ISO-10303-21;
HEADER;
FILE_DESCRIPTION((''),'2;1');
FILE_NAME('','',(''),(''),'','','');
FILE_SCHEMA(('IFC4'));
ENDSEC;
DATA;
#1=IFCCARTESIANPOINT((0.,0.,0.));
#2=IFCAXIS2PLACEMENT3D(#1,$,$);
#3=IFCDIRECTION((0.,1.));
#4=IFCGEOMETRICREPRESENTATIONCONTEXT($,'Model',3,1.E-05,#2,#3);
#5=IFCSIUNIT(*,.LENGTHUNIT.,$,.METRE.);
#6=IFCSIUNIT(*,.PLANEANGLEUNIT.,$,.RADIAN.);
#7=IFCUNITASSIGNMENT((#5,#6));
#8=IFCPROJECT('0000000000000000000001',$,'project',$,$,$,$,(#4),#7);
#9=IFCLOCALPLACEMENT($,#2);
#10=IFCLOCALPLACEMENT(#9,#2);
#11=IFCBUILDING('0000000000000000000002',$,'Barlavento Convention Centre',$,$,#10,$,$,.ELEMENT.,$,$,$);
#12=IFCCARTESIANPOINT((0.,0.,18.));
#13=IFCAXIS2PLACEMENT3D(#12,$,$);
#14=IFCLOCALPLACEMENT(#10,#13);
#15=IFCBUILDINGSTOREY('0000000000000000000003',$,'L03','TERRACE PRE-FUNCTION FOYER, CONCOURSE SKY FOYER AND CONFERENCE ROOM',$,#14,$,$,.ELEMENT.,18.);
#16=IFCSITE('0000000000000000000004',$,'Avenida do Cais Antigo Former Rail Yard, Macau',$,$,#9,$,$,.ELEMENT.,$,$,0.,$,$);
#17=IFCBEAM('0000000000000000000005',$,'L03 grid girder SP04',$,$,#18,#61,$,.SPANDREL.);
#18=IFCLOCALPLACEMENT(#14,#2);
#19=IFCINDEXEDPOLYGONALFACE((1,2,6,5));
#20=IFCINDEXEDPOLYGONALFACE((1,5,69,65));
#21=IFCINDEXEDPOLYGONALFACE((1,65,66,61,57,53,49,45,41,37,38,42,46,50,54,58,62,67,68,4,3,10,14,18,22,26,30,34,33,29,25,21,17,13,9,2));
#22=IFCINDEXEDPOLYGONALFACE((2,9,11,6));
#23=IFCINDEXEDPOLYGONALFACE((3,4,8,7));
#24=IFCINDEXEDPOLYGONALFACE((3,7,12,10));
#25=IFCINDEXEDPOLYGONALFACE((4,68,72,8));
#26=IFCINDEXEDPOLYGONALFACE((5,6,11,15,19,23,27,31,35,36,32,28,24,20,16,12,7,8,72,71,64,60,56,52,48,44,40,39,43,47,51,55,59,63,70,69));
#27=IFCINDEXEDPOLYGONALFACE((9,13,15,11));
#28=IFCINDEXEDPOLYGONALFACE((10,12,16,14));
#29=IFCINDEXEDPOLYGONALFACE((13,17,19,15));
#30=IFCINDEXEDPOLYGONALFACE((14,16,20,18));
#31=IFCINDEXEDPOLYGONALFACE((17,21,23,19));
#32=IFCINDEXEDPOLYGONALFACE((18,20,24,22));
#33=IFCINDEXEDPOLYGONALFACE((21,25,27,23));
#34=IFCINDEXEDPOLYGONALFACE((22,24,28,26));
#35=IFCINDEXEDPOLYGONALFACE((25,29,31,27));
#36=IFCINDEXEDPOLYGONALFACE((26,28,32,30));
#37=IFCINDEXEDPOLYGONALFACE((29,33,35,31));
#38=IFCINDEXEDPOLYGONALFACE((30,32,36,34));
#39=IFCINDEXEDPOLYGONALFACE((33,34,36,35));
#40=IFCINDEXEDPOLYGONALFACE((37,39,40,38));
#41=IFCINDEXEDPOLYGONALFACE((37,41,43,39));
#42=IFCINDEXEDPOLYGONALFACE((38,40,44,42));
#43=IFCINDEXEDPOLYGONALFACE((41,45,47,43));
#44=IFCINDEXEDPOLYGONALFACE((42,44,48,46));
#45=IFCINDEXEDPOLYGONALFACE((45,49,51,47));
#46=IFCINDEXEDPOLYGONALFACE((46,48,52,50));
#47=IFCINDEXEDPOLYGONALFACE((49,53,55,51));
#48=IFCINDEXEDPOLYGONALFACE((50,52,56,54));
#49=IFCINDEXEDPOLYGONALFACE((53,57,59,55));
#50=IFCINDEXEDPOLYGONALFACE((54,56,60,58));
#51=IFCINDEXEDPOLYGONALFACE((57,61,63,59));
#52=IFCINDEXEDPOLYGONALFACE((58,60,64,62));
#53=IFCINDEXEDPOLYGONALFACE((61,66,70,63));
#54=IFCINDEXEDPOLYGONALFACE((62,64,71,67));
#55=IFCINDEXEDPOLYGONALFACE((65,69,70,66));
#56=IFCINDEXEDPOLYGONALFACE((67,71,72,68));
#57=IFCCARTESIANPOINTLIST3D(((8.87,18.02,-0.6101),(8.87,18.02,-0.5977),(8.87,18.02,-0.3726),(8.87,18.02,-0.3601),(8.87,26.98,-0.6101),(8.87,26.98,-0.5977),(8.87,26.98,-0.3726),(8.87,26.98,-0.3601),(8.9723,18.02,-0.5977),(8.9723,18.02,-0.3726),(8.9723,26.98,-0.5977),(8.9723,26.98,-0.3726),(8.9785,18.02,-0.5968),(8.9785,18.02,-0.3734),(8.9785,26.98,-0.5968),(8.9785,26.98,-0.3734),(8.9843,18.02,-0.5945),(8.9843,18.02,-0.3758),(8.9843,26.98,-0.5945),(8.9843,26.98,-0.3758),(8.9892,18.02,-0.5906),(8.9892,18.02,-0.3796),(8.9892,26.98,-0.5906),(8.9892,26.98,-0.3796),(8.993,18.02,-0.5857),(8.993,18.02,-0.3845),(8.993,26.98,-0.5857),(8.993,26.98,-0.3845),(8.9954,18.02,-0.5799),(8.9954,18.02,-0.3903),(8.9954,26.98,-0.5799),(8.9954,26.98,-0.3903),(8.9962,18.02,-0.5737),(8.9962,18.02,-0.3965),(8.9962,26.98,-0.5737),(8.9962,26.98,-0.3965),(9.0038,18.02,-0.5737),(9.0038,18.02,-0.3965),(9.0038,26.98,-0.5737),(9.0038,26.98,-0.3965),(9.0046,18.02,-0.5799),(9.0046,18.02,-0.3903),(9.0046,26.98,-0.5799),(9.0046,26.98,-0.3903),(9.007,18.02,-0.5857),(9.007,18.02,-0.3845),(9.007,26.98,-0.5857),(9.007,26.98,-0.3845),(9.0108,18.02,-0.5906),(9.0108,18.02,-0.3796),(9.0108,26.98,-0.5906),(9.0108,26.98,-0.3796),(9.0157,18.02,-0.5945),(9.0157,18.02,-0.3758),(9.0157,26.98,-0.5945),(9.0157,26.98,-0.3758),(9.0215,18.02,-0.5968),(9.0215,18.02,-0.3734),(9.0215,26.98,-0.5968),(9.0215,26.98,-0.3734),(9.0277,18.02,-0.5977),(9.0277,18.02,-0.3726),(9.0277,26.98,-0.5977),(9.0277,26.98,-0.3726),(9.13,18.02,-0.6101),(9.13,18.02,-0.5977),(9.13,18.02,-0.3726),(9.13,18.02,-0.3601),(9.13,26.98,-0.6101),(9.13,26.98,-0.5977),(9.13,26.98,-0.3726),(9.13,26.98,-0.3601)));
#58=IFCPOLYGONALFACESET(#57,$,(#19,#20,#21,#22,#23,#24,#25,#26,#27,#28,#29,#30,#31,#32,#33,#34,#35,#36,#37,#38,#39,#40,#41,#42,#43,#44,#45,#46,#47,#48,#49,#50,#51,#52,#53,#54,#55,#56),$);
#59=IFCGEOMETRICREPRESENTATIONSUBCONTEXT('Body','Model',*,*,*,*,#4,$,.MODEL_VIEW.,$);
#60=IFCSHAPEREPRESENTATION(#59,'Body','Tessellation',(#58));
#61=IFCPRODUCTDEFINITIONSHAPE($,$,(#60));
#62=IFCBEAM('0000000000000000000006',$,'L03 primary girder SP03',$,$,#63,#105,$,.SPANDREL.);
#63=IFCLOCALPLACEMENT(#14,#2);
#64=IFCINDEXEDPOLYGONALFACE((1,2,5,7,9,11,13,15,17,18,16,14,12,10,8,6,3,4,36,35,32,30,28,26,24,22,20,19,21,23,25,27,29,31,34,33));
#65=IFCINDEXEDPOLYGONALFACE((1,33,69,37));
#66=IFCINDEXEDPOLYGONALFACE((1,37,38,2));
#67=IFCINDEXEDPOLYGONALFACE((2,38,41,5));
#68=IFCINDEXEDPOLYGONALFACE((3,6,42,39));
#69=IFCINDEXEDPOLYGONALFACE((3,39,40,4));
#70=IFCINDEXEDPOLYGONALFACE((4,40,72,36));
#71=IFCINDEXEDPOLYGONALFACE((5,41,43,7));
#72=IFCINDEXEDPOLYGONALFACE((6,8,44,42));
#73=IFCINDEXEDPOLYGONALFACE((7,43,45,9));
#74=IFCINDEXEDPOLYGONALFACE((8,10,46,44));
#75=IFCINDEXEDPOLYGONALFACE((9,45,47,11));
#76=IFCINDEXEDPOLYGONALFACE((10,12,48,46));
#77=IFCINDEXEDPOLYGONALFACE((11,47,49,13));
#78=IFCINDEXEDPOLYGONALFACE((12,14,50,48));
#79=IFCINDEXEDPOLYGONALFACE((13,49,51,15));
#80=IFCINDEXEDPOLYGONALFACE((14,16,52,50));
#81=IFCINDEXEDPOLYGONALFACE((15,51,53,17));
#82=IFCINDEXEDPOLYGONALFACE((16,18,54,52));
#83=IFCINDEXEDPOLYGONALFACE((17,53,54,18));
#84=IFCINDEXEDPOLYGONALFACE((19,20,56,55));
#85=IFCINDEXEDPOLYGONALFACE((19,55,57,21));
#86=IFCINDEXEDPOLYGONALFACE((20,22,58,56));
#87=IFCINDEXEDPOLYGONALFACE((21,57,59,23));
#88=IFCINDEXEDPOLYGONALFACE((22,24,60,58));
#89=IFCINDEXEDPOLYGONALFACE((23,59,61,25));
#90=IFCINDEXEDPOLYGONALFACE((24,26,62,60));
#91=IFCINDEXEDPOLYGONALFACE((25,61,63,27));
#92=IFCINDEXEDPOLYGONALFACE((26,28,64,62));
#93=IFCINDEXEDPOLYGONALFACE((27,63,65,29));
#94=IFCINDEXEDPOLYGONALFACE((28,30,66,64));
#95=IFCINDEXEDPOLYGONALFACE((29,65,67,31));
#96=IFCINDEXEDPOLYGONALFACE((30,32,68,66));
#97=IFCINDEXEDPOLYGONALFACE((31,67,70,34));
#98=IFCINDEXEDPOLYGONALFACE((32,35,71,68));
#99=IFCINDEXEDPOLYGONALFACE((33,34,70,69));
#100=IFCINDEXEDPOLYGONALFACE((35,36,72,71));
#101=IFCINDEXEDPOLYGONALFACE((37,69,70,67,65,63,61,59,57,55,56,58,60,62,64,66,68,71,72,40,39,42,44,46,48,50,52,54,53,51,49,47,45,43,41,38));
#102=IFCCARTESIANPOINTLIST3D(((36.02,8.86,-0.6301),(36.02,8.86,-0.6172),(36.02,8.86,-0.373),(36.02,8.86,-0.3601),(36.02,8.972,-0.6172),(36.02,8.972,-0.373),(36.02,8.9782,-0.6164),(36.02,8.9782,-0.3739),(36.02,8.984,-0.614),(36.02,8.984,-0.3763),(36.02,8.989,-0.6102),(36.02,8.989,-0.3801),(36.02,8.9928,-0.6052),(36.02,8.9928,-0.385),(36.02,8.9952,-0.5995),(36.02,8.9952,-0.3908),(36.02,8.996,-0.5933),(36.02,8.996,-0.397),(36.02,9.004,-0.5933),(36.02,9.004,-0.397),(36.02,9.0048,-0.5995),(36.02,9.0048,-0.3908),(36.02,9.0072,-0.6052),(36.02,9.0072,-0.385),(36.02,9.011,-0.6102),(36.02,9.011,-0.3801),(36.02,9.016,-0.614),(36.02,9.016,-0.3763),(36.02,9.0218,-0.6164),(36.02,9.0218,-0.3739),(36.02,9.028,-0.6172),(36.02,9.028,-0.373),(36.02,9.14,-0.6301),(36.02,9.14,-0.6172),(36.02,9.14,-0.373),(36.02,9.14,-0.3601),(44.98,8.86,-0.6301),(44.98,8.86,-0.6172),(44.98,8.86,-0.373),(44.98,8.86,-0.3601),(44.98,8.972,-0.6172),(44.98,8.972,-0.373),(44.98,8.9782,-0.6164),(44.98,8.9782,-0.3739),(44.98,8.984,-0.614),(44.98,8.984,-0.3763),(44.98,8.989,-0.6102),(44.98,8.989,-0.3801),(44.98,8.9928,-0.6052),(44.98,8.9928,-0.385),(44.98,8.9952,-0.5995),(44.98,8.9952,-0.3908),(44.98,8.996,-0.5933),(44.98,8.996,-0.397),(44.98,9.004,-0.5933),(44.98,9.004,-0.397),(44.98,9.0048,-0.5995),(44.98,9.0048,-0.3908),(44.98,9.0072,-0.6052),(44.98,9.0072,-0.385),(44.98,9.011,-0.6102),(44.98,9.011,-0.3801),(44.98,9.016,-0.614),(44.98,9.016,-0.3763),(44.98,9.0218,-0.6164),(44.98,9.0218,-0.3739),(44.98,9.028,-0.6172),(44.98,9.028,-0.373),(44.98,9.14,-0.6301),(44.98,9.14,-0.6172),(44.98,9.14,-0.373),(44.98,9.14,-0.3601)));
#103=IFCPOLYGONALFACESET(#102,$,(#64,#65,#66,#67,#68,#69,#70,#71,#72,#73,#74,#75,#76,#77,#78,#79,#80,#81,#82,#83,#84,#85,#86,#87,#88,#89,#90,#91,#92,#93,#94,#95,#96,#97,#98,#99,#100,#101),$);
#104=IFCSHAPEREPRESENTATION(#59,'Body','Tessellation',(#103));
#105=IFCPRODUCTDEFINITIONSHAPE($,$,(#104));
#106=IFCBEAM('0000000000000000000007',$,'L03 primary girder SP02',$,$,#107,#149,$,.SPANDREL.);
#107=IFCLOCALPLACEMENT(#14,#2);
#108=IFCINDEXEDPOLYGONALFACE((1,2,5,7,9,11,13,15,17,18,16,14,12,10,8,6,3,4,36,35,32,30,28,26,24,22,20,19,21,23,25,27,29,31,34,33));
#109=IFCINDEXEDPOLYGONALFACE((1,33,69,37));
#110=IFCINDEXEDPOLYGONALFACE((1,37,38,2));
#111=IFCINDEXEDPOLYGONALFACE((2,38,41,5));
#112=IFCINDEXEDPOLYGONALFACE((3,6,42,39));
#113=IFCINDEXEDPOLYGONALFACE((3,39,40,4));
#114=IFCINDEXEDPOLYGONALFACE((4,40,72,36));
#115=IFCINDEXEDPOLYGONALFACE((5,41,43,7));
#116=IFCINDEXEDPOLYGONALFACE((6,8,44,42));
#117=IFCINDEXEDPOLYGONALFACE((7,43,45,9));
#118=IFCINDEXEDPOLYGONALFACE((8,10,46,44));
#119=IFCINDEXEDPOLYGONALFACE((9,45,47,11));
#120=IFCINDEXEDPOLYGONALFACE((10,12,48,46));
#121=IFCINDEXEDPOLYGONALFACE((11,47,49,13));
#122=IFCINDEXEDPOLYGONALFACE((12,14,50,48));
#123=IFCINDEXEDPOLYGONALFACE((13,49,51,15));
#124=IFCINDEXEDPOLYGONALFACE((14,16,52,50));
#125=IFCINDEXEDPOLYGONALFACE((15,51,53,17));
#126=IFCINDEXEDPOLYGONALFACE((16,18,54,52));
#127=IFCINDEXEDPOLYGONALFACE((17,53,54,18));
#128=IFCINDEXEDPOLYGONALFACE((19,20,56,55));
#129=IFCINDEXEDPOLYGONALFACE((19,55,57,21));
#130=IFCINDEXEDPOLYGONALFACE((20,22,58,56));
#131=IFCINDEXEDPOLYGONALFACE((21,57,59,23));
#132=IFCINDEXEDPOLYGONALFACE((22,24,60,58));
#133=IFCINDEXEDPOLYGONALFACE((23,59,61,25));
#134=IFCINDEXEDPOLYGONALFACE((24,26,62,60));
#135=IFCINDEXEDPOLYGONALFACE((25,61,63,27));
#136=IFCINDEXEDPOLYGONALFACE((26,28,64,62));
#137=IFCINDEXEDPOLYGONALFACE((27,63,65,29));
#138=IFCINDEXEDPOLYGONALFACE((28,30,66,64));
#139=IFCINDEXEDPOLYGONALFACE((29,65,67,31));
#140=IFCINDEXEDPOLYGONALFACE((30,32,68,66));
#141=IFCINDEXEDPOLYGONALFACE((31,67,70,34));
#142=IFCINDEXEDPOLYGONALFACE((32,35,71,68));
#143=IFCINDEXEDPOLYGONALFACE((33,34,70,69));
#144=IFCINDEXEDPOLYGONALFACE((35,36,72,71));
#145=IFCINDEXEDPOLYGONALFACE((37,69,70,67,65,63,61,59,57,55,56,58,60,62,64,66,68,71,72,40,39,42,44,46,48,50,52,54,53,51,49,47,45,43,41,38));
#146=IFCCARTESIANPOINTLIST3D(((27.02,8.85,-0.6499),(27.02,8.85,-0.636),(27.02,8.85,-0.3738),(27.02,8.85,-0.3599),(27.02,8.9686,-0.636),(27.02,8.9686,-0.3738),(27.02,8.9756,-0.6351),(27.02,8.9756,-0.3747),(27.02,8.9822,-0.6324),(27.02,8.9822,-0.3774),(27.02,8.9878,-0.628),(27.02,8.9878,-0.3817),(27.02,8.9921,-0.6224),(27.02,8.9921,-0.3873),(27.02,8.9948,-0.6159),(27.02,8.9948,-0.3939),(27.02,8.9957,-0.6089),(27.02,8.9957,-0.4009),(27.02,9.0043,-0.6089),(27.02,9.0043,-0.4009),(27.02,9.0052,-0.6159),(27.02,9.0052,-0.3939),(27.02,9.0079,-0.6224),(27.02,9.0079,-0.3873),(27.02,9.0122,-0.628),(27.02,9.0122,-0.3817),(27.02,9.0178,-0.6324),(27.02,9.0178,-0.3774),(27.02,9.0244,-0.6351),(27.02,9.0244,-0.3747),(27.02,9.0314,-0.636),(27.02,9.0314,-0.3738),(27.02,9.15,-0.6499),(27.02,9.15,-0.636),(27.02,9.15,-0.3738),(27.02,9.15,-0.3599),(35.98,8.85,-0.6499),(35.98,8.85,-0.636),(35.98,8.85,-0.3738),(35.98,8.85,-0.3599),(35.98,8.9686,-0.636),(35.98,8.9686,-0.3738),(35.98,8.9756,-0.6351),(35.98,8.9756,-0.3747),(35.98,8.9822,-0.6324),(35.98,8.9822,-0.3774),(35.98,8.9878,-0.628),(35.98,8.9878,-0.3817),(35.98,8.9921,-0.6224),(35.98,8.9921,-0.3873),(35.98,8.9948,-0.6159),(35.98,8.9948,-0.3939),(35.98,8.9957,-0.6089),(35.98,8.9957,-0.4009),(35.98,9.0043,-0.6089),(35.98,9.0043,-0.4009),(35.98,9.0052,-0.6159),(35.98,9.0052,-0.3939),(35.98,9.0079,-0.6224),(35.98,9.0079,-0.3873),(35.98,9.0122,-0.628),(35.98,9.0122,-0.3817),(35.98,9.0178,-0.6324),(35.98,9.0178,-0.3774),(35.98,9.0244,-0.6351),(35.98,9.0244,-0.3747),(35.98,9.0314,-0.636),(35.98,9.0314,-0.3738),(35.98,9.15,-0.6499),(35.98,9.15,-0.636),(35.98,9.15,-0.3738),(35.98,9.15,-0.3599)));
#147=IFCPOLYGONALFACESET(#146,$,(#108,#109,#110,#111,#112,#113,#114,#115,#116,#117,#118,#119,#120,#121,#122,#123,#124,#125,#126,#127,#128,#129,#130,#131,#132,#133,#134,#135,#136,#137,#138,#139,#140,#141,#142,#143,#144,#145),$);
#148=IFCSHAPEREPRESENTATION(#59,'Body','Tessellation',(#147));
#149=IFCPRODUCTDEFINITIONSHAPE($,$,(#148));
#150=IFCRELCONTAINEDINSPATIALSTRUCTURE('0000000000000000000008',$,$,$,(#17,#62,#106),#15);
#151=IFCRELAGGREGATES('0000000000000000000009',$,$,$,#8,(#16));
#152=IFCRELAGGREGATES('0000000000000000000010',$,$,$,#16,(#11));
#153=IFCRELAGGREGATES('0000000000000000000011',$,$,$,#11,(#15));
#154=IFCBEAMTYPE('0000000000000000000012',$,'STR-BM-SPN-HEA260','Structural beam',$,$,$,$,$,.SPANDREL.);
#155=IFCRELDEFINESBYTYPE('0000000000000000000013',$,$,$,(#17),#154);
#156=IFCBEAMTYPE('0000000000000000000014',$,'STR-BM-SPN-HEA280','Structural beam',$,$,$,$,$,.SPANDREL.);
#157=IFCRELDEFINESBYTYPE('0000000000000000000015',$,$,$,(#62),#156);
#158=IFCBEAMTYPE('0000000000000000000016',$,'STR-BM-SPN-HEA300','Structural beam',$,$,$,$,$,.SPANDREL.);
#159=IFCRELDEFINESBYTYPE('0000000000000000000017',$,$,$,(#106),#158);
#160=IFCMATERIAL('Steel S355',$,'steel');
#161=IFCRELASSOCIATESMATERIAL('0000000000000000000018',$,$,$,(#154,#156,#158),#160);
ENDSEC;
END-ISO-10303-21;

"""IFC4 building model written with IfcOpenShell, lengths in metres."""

from ifc_helpers import new_model, si_unit, direction, frame, origin, origin_2d, place, context, subcontext, project, spatial, i_section, extrude, material, material_profile, profile_set, type_object, element, save


model = new_model("IFC4")

# Units and contexts
model_context = context("Model", 3, precision=1e-05, world=origin(), true_north=direction((0.0, 1.0)))
body_context = subcontext(model_context, "Body", "Model", "MODEL_VIEW")
ifc_project = project(units=[si_unit("LENGTHUNIT", "METRE"), si_unit("PLANEANGLEUNIT", "RADIAN")], contexts=[model_context])

# Site, building, storey
site_placement = place(None, origin())
site = spatial("IfcSite", under=ifc_project, at=site_placement, Name="Avenida do Cais Antigo Former Rail Yard, Macau", CompositionType="ELEMENT", RefElevation=0.0)
building_placement = place(site_placement, origin())
building = spatial("IfcBuilding", under=site, at=building_placement, Name="Barlavento Convention Centre", CompositionType="ELEMENT")
storey_placement = place(building_placement, frame((0.0, 0.0, 18.0)))
storey = spatial("IfcBuildingStorey", under=building, at=storey_placement, Name="L03", Description="TERRACE PRE-FUNCTION FOYER, CONCOURSE SKY FOYER AND CONFERENCE ROOM", CompositionType="ELEMENT", Elevation=18.0)

# Shared definitions
ifc_material_1 = material(Name="Steel S355", Category="steel")

# Beams
ifc_material_profile_1 = material_profile(ifc_material_1, i_section(OverallWidth=0.26, OverallDepth=0.25, WebThickness=0.0076, FlangeThickness=0.0125, FilletRadius=0.0239, at=origin_2d()), Name="HEA 260")
ifc_profile_set_1 = profile_set([ifc_material_profile_1], Name="Steel S355")
beam_type_1 = type_object("IfcBeamType", Name="STR-BM-SPN-HEA260", Description="Structural beam", PredefinedType="SPANDREL", material=ifc_profile_set_1)
for number, where, z_axis, x_axis, name in (
    (1, (9.0, 18.02, -0.4851), (0.0, 1.0, 0.0), (-1.0, 0.0, 0.0), "L03 grid girder SP04"),
):
    element("IfcBeam", number, at=place(storey_placement, frame(where, z_axis=z_axis, x_axis=x_axis)), inside=storey, type_object=beam_type_1, Name=name, PredefinedType="SPANDREL", context=body_context, shape_type="SweptSolid", body=[
        extrude(i_section(OverallWidth=0.26, OverallDepth=0.25, WebThickness=0.0076, FlangeThickness=0.0125, FilletRadius=0.0239, at=origin_2d()), origin(), (0.0, 0.0, 1.0), 8.96),
    ])
ifc_material_profile_2 = material_profile(ifc_material_1, i_section(OverallWidth=0.28, OverallDepth=0.27, WebThickness=0.0081, FlangeThickness=0.0129, FilletRadius=0.0239, at=origin_2d()), Name="HEA 280")
ifc_profile_set_2 = profile_set([ifc_material_profile_2], Name="Steel S355")
beam_type_2 = type_object("IfcBeamType", Name="STR-BM-SPN-HEA280", Description="Structural beam", PredefinedType="SPANDREL", material=ifc_profile_set_2)
beam_1_placement = place(storey_placement, frame((36.02, 9.0, -0.4951), z_axis=(1.0, 0.0, 0.0), x_axis=(0.0, 1.0, 0.0)))
element("IfcBeam", 2, at=beam_1_placement, inside=storey, type_object=beam_type_2, Name="L03 primary girder SP03", PredefinedType="SPANDREL", context=body_context, shape_type="SweptSolid", body=[
    extrude(i_section(OverallWidth=0.28, OverallDepth=0.27, WebThickness=0.0081, FlangeThickness=0.0129, FilletRadius=0.0239, at=origin_2d()), origin(), (0.0, 0.0, 1.0), 8.96),
])
ifc_material_profile_3 = material_profile(ifc_material_1, i_section(OverallWidth=0.3, OverallDepth=0.29, WebThickness=0.0085, FlangeThickness=0.0139, FilletRadius=0.0271, at=origin_2d()), Name="HEA 300")
ifc_profile_set_3 = profile_set([ifc_material_profile_3], Name="Steel S355")
beam_type_3 = type_object("IfcBeamType", Name="STR-BM-SPN-HEA300", Description="Structural beam", PredefinedType="SPANDREL", material=ifc_profile_set_3)
beam_2_placement = place(storey_placement, frame((27.02, 9.0, -0.5049), z_axis=(1.0, 0.0, 0.0), x_axis=(0.0, 1.0, 0.0)))
element("IfcBeam", 3, at=beam_2_placement, inside=storey, type_object=beam_type_3, Name="L03 primary girder SP02", PredefinedType="SPANDREL", context=body_context, shape_type="SweptSolid", body=[
    extrude(i_section(OverallWidth=0.3, OverallDepth=0.29, WebThickness=0.0085, FlangeThickness=0.0139, FilletRadius=0.0271, at=origin_2d()), origin(), (0.0, 0.0, 1.0), 8.96),
])

save(model, "model.ifc")
